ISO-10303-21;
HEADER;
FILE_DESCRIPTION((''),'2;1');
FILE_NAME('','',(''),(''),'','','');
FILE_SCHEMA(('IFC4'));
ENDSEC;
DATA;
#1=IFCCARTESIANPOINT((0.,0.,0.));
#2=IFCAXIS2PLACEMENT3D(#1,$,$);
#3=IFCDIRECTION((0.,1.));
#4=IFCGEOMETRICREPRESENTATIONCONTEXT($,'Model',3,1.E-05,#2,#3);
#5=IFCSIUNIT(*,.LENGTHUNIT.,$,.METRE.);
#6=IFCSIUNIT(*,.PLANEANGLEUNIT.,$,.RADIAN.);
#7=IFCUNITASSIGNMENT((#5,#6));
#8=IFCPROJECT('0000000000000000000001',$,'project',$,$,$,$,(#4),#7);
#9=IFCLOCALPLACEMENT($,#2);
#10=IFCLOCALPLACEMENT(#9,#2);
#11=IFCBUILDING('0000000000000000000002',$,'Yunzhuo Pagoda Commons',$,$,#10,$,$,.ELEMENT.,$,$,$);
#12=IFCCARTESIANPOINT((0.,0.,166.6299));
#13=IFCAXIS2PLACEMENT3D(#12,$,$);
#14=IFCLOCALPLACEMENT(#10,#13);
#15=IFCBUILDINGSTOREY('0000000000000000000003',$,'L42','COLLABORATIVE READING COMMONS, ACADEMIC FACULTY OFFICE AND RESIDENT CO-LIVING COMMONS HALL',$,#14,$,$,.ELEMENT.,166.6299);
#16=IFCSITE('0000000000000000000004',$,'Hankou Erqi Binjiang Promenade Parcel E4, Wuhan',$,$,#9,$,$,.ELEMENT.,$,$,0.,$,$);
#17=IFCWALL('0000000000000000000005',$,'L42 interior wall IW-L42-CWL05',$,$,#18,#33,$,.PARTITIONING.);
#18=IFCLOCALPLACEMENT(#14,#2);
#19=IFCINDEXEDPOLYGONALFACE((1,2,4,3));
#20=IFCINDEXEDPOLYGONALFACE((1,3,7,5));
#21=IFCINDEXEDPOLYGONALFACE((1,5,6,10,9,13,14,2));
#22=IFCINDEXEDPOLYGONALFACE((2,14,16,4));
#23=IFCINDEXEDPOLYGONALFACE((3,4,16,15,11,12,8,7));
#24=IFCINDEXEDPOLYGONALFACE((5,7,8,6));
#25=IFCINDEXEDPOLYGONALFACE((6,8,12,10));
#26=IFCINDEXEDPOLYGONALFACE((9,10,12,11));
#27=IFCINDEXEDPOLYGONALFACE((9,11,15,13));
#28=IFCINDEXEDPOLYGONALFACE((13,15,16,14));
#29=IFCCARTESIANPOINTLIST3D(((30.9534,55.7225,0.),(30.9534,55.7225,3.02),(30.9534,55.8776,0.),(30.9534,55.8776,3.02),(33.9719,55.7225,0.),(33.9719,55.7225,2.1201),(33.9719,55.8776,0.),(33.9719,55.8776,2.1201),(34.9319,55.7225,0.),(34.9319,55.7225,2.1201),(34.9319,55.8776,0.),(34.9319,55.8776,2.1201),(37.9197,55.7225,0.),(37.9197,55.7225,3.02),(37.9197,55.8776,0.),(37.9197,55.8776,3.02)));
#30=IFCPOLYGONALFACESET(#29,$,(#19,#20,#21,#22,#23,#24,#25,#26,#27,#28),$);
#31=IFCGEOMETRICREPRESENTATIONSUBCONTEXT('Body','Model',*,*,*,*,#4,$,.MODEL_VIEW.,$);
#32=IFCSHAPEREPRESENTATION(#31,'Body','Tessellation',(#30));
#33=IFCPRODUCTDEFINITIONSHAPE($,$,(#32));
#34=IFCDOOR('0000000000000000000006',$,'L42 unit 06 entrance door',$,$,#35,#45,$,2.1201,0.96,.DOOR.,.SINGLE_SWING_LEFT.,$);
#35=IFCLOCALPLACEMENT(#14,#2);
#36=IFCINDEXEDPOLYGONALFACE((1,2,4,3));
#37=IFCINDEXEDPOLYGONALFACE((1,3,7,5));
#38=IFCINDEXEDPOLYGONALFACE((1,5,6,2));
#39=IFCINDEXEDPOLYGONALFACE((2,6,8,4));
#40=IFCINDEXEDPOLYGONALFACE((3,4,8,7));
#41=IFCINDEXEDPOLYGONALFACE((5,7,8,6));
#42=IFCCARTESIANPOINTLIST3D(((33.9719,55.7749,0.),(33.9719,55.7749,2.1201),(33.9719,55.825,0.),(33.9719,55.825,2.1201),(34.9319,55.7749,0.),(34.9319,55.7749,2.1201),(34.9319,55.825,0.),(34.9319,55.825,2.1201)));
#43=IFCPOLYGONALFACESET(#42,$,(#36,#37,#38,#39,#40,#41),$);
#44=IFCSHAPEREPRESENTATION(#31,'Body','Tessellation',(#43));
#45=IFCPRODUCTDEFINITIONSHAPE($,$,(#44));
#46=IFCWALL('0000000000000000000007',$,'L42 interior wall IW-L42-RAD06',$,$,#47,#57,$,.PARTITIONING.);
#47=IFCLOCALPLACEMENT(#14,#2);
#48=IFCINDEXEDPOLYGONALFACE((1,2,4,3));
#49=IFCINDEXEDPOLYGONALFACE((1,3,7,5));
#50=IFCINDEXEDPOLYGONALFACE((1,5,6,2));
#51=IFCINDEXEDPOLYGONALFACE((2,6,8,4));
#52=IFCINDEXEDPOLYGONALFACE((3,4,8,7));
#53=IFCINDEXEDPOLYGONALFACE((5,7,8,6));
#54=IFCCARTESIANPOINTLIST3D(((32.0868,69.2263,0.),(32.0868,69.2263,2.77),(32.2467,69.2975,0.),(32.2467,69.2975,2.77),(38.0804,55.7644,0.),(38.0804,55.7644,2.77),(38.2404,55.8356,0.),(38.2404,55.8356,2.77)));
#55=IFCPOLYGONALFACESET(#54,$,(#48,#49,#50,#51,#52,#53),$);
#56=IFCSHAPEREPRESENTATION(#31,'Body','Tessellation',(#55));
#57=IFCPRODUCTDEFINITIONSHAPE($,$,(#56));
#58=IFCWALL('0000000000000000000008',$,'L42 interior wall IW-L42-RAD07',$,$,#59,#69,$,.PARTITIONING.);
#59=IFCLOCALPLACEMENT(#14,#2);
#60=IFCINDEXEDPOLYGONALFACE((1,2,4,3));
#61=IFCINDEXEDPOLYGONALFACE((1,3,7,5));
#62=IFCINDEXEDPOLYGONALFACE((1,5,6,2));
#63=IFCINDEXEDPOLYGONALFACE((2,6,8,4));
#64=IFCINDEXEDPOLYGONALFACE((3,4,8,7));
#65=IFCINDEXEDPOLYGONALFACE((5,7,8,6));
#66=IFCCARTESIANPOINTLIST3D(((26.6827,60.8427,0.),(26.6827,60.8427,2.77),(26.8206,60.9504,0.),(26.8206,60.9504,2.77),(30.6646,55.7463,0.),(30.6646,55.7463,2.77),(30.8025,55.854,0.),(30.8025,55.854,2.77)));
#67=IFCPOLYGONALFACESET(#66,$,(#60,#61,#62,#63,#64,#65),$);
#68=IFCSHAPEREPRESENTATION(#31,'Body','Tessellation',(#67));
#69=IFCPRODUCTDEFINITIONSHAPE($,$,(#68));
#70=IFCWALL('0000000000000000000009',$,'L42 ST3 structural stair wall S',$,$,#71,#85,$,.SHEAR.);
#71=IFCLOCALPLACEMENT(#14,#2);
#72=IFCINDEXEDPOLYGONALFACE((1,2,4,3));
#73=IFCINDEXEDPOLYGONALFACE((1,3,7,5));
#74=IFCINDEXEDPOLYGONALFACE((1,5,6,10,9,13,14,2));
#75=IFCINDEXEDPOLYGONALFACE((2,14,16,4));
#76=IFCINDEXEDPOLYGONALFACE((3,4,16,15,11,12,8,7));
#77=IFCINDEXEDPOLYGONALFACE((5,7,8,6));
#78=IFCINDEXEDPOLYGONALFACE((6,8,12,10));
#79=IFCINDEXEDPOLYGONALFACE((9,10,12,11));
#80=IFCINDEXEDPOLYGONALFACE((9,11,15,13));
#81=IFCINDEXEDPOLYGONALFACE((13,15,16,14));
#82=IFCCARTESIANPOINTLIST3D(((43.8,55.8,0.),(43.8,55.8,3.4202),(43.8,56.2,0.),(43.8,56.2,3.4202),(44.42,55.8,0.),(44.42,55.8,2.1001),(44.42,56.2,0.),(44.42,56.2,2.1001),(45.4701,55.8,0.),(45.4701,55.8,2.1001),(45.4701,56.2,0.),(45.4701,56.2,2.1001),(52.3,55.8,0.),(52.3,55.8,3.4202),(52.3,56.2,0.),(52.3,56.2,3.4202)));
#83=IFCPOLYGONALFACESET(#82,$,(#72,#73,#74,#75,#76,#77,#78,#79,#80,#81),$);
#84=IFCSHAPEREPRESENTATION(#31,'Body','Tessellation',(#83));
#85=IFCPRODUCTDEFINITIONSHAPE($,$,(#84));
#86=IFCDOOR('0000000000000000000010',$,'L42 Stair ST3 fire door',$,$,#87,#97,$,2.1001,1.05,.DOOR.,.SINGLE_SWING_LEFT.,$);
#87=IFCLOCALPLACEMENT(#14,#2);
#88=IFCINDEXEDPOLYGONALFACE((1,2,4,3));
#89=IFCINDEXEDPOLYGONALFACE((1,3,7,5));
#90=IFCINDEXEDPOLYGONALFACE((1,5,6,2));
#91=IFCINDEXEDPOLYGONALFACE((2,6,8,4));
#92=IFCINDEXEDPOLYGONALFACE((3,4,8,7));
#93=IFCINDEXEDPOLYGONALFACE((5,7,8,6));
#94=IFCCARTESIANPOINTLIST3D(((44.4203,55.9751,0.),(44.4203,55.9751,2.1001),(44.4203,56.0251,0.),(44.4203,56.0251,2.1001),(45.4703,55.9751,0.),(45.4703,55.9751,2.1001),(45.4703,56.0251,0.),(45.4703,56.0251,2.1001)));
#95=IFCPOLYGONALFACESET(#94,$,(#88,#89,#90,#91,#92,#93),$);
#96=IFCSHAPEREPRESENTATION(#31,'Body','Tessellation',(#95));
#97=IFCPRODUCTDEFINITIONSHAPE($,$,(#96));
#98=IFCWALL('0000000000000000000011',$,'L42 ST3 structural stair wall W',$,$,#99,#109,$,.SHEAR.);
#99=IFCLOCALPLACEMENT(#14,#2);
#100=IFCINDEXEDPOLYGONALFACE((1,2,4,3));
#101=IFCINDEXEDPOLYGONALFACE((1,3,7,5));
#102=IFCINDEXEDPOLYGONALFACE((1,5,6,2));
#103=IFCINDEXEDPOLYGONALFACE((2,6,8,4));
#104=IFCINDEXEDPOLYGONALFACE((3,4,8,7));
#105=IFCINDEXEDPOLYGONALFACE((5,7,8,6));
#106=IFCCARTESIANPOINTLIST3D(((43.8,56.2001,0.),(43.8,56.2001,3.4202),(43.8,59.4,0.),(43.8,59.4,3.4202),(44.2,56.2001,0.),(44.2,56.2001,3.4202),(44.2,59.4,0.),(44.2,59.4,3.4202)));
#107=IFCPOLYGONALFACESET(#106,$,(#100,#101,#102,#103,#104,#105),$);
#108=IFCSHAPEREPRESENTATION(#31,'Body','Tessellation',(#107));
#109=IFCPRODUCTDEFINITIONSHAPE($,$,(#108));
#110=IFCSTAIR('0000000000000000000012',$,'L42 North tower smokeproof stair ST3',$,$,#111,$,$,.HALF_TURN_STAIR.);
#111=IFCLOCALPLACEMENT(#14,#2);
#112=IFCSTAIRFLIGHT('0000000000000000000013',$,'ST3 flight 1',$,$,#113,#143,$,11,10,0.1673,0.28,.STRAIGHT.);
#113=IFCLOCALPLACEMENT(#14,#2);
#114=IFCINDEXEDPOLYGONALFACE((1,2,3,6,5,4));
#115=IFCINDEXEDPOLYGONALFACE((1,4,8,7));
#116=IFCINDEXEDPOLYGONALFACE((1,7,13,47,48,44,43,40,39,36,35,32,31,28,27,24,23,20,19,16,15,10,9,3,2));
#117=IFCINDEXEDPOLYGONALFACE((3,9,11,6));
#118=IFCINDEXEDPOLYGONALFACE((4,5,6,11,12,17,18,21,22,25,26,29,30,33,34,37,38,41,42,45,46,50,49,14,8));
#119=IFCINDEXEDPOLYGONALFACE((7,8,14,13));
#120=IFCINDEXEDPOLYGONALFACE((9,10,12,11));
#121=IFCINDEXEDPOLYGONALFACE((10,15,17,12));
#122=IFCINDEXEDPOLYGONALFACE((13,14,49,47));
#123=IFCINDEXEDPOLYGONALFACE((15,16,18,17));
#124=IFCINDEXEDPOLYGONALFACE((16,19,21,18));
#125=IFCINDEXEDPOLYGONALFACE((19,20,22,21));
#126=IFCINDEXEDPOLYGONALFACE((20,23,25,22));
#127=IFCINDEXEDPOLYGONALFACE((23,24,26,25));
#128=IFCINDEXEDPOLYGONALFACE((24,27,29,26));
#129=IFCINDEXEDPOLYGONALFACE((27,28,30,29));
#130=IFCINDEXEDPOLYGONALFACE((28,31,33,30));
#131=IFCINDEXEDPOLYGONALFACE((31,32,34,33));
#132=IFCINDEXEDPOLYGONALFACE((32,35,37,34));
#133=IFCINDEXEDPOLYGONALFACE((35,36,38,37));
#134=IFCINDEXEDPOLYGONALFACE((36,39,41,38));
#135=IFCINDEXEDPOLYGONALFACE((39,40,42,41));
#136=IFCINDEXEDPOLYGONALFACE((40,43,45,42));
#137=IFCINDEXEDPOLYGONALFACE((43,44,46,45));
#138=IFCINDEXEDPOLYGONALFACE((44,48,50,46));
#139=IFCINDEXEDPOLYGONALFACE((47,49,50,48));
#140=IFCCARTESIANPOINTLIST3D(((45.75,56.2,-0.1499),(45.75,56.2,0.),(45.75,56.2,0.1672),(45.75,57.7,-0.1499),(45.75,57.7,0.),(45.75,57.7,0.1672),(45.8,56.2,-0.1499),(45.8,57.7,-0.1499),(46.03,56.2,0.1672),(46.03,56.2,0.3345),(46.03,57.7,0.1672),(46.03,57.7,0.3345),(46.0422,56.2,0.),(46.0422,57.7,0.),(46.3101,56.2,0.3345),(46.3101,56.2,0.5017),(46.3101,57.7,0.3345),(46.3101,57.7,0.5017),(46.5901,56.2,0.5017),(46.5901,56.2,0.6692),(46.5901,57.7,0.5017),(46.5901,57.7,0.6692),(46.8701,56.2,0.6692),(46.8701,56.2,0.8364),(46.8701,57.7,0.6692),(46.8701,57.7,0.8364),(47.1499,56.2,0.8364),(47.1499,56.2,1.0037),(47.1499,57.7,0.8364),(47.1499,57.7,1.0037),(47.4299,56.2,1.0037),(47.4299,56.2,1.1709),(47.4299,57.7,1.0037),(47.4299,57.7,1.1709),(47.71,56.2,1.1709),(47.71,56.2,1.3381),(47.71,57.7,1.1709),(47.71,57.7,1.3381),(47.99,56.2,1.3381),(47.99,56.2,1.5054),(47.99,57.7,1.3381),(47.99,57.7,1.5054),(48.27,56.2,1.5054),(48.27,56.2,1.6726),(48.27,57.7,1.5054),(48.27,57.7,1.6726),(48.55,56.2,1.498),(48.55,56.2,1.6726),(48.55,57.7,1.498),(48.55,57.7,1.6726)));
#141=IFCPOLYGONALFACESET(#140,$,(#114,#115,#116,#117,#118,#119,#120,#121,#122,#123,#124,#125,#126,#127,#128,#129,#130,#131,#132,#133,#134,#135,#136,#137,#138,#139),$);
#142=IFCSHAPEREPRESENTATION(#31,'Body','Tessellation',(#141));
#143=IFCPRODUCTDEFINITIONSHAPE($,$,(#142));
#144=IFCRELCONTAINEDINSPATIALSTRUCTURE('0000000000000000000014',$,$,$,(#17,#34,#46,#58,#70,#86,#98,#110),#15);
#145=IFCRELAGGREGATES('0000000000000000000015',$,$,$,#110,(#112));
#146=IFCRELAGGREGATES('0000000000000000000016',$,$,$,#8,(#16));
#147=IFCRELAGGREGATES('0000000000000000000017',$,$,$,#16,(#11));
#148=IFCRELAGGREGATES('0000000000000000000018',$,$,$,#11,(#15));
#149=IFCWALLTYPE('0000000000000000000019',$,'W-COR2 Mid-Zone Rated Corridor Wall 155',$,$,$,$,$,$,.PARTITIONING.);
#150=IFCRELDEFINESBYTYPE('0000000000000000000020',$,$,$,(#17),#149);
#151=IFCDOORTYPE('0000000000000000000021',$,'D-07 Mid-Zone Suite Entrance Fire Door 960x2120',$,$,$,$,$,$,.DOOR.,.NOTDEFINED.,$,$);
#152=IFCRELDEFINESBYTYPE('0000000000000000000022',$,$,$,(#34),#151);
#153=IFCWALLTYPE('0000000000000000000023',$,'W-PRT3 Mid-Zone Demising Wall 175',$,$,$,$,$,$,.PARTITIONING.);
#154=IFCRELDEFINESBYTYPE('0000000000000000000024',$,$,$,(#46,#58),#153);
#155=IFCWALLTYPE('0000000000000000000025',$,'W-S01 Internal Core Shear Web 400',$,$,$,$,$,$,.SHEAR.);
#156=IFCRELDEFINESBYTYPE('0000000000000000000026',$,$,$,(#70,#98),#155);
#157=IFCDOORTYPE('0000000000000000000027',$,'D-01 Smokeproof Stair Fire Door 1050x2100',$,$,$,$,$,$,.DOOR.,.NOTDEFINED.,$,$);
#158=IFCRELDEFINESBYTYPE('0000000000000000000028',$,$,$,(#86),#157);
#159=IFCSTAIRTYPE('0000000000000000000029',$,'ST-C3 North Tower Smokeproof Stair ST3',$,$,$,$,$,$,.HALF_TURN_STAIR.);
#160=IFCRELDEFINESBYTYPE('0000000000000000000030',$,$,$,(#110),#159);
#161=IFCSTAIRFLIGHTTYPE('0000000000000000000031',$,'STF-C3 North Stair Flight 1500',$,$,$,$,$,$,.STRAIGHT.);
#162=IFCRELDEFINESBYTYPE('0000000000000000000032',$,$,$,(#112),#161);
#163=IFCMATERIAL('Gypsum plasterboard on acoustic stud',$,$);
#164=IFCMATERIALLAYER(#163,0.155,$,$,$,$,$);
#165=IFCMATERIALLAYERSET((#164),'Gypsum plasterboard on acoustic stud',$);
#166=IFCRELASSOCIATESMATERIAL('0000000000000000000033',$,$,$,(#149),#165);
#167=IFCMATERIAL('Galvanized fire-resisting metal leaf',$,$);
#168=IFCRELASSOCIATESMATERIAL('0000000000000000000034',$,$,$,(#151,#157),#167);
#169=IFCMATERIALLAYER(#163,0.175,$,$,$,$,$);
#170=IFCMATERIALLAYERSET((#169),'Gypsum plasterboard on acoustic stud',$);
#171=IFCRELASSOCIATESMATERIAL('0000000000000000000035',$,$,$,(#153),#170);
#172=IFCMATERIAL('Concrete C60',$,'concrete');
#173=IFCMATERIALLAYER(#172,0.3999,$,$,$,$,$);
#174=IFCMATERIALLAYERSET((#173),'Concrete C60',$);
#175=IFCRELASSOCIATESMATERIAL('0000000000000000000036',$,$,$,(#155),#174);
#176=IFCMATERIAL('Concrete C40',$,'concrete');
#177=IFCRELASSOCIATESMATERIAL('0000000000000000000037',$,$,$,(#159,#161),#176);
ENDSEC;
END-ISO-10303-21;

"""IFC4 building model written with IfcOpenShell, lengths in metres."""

from ifc_helpers import new_model, si_unit, direction, frame, frame_2d, origin, origin_with_axes, place, context, subcontext, project, spatial, polyline, rectangle, outline, extrude, source, transform, mapped, material, layer, layer_set, type_object, element, fill, aggregate, save


model = new_model("IFC4")

# Units and contexts
model_context = context("Model", 3, precision=1e-05, world=origin(), true_north=direction((0.0, 1.0)))
body_context = subcontext(model_context, "Body", "Model", "MODEL_VIEW")
ifc_project = project(units=[si_unit("LENGTHUNIT", "METRE"), si_unit("PLANEANGLEUNIT", "RADIAN")], contexts=[model_context])

# Site, building, storey
site_placement = place(None, origin())
site = spatial("IfcSite", under=ifc_project, at=site_placement, Name="Hankou Erqi Binjiang Promenade Parcel E4, Wuhan", CompositionType="ELEMENT", RefElevation=0.0)
building_placement = place(site_placement, origin())
building = spatial("IfcBuilding", under=site, at=building_placement, Name="Yunzhuo Pagoda Commons", CompositionType="ELEMENT")
storey_placement = place(building_placement, frame((0.0, 0.0, 166.6299)))
storey = spatial("IfcBuildingStorey", under=building, at=storey_placement, Name="L42", Description="COLLABORATIVE READING COMMONS, ACADEMIC FACULTY OFFICE AND RESIDENT CO-LIVING COMMONS HALL", CompositionType="ELEMENT", Elevation=166.6299)

# Shared definitions
ifc_material_1 = material(Name="Gypsum plasterboard on acoustic stud")
ifc_layer_1 = layer(ifc_material_1, 0.155)
ifc_layer_set_1 = layer_set([ifc_layer_1], Name="Gypsum plasterboard on acoustic stud")
wall_type_1 = type_object("IfcWallType", Name="W-COR2 Mid-Zone Rated Corridor Wall 155", PredefinedType="PARTITIONING", material=ifc_layer_set_1)

# Wall, opening, door
wall_1_placement = place(storey_placement, frame((30.9534, 55.8, 0.0), z_axis=(0.0, 0.0, 1.0), x_axis=(1.0, 0.0, 0.0)))
wall_1 = element("IfcWall", 1, at=wall_1_placement, inside=storey, type_object=wall_type_1, Name="L42 interior wall IW-L42-CWL05", PredefinedType="PARTITIONING", context=body_context, shape_type="SweptSolid", body=[
    extrude(rectangle(XDim=6.9663, YDim=0.155, at=frame_2d((3.4832, 0.0))), origin(), (0.0, 0.0, 1.0), 3.02),
])
opening_1_placement = place(wall_1_placement, frame((3.0186, 0.0, 0.0)))
opening_1 = element("IfcOpeningElement", 2, at=opening_1_placement, cuts=wall_1, PredefinedType="OPENING", context=body_context, shape_type="SweptSolid", body=[
    extrude(rectangle(XDim=0.96, YDim=2.1201, at=frame_2d((0.48, 1.0601))), frame((0.0, 0.0874, 0.0), z_axis=(0.0, -1.0, 0.0), x_axis=(1.0, 0.0, 0.0)), (0.0, 0.0, 1.0), 0.175),
])
ifc_material_2 = material(Name="Galvanized fire-resisting metal leaf")
door_type_1 = type_object("IfcDoorType", Name="D-07 Mid-Zone Suite Entrance Fire Door 960x2120", OperationType="NOTDEFINED", PredefinedType="DOOR", material=ifc_material_2)
shared_shape_1 = source(origin(), body_context, "Body", "SweptSolid", [
    extrude(rectangle(XDim=0.96, YDim=2.1201, at=frame_2d((0.48, 1.0601))), frame((0.0, 0.0249, 0.0), z_axis=(0.0, -1.0, 0.0), x_axis=(1.0, 0.0, 0.0)), (0.0, 0.0, 1.0), 0.05),
])
door_1_placement = place(opening_1_placement, origin_with_axes())
door_1 = element("IfcDoor", 3, at=door_1_placement, inside=storey, type_object=door_type_1, Name="L42 unit 06 entrance door", OperationType="SINGLE_SWING_LEFT", OverallHeight=2.1201, OverallWidth=0.96, PredefinedType="DOOR", context=body_context, shape_type="MappedRepresentation", body=[
    mapped(shared_shape_1, transform((0.0, 0.0, 0.0), scale=1.0)),
])
fill(opening_1, door_1)

# Walls
ifc_layer_2 = layer(ifc_material_1, 0.175)
ifc_layer_set_2 = layer_set([ifc_layer_2], Name="Gypsum plasterboard on acoustic stud")
wall_type_2 = type_object("IfcWallType", Name="W-PRT3 Mid-Zone Demising Wall 175", PredefinedType="PARTITIONING", material=ifc_layer_set_2)
wall_2_placement = place(storey_placement, frame((38.1604, 55.8, 0.0), z_axis=(0.0, 0.0, 1.0), x_axis=(-0.406738, 0.913545, 0.0)))
element("IfcWall", 4, at=wall_2_placement, inside=storey, type_object=wall_type_2, Name="L42 interior wall IW-L42-RAD06", PredefinedType="PARTITIONING", context=body_context, shape_type="SweptSolid", body=[
    extrude(rectangle(XDim=14.7358, YDim=0.175, at=frame_2d((7.3679, 0.0))), origin(), (0.0, 0.0, 1.0), 2.77),
])
wall_3_placement = place(storey_placement, frame((30.7336, 55.8, 0.0), z_axis=(0.0, 0.0, 1.0), x_axis=(-0.615677, 0.787999, 0.0)))
element("IfcWall", 5, at=wall_3_placement, inside=storey, type_object=wall_type_2, Name="L42 interior wall IW-L42-RAD07", PredefinedType="PARTITIONING", context=body_context, shape_type="SweptSolid", body=[
    extrude(rectangle(XDim=6.4675, YDim=0.175, at=frame_2d((3.2339, 0.0))), origin(), (0.0, 0.0, 1.0), 2.77),
])

# Wall, opening, door
ifc_material_3 = material(Name="Concrete C60", Category="concrete")
ifc_layer_3 = layer(ifc_material_3, 0.3999)
ifc_layer_set_3 = layer_set([ifc_layer_3], Name="Concrete C60")
wall_type_3 = type_object("IfcWallType", Name="W-S01 Internal Core Shear Web 400", PredefinedType="SHEAR", material=ifc_layer_set_3)
wall_4_placement = place(storey_placement, frame((43.8, 56.0, 0.0), z_axis=(0.0, 0.0, 1.0), x_axis=(1.0, 0.0, 0.0)))
wall_4 = element("IfcWall", 6, at=wall_4_placement, inside=storey, type_object=wall_type_3, Name="L42 ST3 structural stair wall S", PredefinedType="SHEAR", context=body_context, shape_type="SweptSolid", body=[
    extrude(rectangle(XDim=8.5, YDim=0.3999, at=frame_2d((4.25, 0.0))), origin(), (0.0, 0.0, 1.0), 3.4202),
])
opening_2_placement = place(wall_4_placement, frame((0.6201, 0.0, 0.0)))
opening_2 = element("IfcOpeningElement", 7, at=opening_2_placement, cuts=wall_4, PredefinedType="OPENING", context=body_context, shape_type="SweptSolid", body=[
    extrude(rectangle(XDim=1.05, YDim=2.1001, at=frame_2d((0.5249, 1.05))), frame((0.0, 0.21, 0.0), z_axis=(0.0, -1.0, 0.0), x_axis=(1.0, 0.0, 0.0)), (0.0, 0.0, 1.0), 0.4199),
])
door_type_2 = type_object("IfcDoorType", Name="D-01 Smokeproof Stair Fire Door 1050x2100", OperationType="NOTDEFINED", PredefinedType="DOOR", material=ifc_material_2)
shared_shape_2 = source(origin(), body_context, "Body", "SweptSolid", [
    extrude(rectangle(XDim=1.05, YDim=2.1001, at=frame_2d((0.5249, 1.05))), frame((0.0, 0.0249, 0.0), z_axis=(0.0, -1.0, 0.0), x_axis=(1.0, 0.0, 0.0)), (0.0, 0.0, 1.0), 0.05),
])
door_2_placement = place(opening_2_placement, frame((1.05, 0.0, 0.0), z_axis=(0.0, 0.0, 1.0), x_axis=(-1.0, 0.0, 0.0)))
door_2 = element("IfcDoor", 8, at=door_2_placement, inside=storey, type_object=door_type_2, Name="L42 Stair ST3 fire door", OperationType="SINGLE_SWING_LEFT", OverallHeight=2.1001, OverallWidth=1.05, PredefinedType="DOOR", context=body_context, shape_type="MappedRepresentation", body=[
    mapped(shared_shape_2, transform((0.0, 0.0, 0.0), scale=1.0)),
])
fill(opening_2, door_2)

# Wall
wall_5_placement = place(storey_placement, frame((44.0, 56.2, 0.0), z_axis=(0.0, 0.0, 1.0), x_axis=(0.0, 1.0, 0.0)))
element("IfcWall", 9, at=wall_5_placement, inside=storey, type_object=wall_type_3, Name="L42 ST3 structural stair wall W", PredefinedType="SHEAR", context=body_context, shape_type="SweptSolid", body=[
    extrude(rectangle(XDim=3.2, YDim=0.3999, at=frame_2d((1.6001, 0.0))), origin(), (0.0, 0.0, 1.0), 3.4202),
])

# Stair, stair flight
ifc_material_4 = material(Name="Concrete C40", Category="concrete")
stair_type = type_object("IfcStairType", Name="ST-C3 North Tower Smokeproof Stair ST3", PredefinedType="HALF_TURN_STAIR", material=ifc_material_4)
stair_placement = place(storey_placement, origin())
stair = element("IfcStair", 10, at=stair_placement, inside=storey, type_object=stair_type, Name="L42 North tower smokeproof stair ST3", PredefinedType="HALF_TURN_STAIR")
stair_flight_type = type_object("IfcStairFlightType", Name="STF-C3 North Stair Flight 1500", PredefinedType="STRAIGHT", material=ifc_material_4)
shared_shape_3 = source(origin(), body_context, "Body", "SweptSolid", [
    extrude(outline(polyline([(0.0, -0.1499), (0.0, 0.0), (0.0, 0.1672), (0.28, 0.1672), (0.28, 0.3345), (0.5601, 0.3345), (0.5601, 0.5017), (0.8401, 0.5017), (0.8401, 0.6692), (1.1201, 0.6692), (1.1201, 0.8364), (1.3999, 0.8364), (1.3999, 1.0037), (1.6799, 1.0037), (1.6799, 1.1709), (1.96, 1.1709), (1.96, 1.3381), (2.24, 1.3381), (2.24, 1.5054), (2.52, 1.5054), (2.52, 1.6726), (2.8, 1.6726), (2.8, 1.8401), (2.8, 1.498), (0.2922, 0.0), (0.05, -0.1499), (0.0, -0.1499)])), frame((0.0, 0.75, 0.0), z_axis=(0.0, -1.0, 0.0), x_axis=(1.0, 0.0, 0.0)), (0.0, 0.0, 1.0), 1.5),
])
stair_flight_placement = place(storey_placement, frame((45.75, 56.95, 0.0), z_axis=(0.0, 0.0, 1.0), x_axis=(1.0, 0.0, 0.0)))
stair_flight = element("IfcStairFlight", 11, at=stair_flight_placement, type_object=stair_flight_type, Name="ST3 flight 1", NumberOfRisers=11, NumberOfTreads=10, PredefinedType="STRAIGHT", RiserHeight=0.1673, TreadLength=0.28, context=body_context, shape_type="MappedRepresentation", body=[
    mapped(shared_shape_3, transform((0.0, 0.0, 0.0), scale=1.0)),
])
aggregate(stair, [stair_flight])

save(model, "model.ifc")
